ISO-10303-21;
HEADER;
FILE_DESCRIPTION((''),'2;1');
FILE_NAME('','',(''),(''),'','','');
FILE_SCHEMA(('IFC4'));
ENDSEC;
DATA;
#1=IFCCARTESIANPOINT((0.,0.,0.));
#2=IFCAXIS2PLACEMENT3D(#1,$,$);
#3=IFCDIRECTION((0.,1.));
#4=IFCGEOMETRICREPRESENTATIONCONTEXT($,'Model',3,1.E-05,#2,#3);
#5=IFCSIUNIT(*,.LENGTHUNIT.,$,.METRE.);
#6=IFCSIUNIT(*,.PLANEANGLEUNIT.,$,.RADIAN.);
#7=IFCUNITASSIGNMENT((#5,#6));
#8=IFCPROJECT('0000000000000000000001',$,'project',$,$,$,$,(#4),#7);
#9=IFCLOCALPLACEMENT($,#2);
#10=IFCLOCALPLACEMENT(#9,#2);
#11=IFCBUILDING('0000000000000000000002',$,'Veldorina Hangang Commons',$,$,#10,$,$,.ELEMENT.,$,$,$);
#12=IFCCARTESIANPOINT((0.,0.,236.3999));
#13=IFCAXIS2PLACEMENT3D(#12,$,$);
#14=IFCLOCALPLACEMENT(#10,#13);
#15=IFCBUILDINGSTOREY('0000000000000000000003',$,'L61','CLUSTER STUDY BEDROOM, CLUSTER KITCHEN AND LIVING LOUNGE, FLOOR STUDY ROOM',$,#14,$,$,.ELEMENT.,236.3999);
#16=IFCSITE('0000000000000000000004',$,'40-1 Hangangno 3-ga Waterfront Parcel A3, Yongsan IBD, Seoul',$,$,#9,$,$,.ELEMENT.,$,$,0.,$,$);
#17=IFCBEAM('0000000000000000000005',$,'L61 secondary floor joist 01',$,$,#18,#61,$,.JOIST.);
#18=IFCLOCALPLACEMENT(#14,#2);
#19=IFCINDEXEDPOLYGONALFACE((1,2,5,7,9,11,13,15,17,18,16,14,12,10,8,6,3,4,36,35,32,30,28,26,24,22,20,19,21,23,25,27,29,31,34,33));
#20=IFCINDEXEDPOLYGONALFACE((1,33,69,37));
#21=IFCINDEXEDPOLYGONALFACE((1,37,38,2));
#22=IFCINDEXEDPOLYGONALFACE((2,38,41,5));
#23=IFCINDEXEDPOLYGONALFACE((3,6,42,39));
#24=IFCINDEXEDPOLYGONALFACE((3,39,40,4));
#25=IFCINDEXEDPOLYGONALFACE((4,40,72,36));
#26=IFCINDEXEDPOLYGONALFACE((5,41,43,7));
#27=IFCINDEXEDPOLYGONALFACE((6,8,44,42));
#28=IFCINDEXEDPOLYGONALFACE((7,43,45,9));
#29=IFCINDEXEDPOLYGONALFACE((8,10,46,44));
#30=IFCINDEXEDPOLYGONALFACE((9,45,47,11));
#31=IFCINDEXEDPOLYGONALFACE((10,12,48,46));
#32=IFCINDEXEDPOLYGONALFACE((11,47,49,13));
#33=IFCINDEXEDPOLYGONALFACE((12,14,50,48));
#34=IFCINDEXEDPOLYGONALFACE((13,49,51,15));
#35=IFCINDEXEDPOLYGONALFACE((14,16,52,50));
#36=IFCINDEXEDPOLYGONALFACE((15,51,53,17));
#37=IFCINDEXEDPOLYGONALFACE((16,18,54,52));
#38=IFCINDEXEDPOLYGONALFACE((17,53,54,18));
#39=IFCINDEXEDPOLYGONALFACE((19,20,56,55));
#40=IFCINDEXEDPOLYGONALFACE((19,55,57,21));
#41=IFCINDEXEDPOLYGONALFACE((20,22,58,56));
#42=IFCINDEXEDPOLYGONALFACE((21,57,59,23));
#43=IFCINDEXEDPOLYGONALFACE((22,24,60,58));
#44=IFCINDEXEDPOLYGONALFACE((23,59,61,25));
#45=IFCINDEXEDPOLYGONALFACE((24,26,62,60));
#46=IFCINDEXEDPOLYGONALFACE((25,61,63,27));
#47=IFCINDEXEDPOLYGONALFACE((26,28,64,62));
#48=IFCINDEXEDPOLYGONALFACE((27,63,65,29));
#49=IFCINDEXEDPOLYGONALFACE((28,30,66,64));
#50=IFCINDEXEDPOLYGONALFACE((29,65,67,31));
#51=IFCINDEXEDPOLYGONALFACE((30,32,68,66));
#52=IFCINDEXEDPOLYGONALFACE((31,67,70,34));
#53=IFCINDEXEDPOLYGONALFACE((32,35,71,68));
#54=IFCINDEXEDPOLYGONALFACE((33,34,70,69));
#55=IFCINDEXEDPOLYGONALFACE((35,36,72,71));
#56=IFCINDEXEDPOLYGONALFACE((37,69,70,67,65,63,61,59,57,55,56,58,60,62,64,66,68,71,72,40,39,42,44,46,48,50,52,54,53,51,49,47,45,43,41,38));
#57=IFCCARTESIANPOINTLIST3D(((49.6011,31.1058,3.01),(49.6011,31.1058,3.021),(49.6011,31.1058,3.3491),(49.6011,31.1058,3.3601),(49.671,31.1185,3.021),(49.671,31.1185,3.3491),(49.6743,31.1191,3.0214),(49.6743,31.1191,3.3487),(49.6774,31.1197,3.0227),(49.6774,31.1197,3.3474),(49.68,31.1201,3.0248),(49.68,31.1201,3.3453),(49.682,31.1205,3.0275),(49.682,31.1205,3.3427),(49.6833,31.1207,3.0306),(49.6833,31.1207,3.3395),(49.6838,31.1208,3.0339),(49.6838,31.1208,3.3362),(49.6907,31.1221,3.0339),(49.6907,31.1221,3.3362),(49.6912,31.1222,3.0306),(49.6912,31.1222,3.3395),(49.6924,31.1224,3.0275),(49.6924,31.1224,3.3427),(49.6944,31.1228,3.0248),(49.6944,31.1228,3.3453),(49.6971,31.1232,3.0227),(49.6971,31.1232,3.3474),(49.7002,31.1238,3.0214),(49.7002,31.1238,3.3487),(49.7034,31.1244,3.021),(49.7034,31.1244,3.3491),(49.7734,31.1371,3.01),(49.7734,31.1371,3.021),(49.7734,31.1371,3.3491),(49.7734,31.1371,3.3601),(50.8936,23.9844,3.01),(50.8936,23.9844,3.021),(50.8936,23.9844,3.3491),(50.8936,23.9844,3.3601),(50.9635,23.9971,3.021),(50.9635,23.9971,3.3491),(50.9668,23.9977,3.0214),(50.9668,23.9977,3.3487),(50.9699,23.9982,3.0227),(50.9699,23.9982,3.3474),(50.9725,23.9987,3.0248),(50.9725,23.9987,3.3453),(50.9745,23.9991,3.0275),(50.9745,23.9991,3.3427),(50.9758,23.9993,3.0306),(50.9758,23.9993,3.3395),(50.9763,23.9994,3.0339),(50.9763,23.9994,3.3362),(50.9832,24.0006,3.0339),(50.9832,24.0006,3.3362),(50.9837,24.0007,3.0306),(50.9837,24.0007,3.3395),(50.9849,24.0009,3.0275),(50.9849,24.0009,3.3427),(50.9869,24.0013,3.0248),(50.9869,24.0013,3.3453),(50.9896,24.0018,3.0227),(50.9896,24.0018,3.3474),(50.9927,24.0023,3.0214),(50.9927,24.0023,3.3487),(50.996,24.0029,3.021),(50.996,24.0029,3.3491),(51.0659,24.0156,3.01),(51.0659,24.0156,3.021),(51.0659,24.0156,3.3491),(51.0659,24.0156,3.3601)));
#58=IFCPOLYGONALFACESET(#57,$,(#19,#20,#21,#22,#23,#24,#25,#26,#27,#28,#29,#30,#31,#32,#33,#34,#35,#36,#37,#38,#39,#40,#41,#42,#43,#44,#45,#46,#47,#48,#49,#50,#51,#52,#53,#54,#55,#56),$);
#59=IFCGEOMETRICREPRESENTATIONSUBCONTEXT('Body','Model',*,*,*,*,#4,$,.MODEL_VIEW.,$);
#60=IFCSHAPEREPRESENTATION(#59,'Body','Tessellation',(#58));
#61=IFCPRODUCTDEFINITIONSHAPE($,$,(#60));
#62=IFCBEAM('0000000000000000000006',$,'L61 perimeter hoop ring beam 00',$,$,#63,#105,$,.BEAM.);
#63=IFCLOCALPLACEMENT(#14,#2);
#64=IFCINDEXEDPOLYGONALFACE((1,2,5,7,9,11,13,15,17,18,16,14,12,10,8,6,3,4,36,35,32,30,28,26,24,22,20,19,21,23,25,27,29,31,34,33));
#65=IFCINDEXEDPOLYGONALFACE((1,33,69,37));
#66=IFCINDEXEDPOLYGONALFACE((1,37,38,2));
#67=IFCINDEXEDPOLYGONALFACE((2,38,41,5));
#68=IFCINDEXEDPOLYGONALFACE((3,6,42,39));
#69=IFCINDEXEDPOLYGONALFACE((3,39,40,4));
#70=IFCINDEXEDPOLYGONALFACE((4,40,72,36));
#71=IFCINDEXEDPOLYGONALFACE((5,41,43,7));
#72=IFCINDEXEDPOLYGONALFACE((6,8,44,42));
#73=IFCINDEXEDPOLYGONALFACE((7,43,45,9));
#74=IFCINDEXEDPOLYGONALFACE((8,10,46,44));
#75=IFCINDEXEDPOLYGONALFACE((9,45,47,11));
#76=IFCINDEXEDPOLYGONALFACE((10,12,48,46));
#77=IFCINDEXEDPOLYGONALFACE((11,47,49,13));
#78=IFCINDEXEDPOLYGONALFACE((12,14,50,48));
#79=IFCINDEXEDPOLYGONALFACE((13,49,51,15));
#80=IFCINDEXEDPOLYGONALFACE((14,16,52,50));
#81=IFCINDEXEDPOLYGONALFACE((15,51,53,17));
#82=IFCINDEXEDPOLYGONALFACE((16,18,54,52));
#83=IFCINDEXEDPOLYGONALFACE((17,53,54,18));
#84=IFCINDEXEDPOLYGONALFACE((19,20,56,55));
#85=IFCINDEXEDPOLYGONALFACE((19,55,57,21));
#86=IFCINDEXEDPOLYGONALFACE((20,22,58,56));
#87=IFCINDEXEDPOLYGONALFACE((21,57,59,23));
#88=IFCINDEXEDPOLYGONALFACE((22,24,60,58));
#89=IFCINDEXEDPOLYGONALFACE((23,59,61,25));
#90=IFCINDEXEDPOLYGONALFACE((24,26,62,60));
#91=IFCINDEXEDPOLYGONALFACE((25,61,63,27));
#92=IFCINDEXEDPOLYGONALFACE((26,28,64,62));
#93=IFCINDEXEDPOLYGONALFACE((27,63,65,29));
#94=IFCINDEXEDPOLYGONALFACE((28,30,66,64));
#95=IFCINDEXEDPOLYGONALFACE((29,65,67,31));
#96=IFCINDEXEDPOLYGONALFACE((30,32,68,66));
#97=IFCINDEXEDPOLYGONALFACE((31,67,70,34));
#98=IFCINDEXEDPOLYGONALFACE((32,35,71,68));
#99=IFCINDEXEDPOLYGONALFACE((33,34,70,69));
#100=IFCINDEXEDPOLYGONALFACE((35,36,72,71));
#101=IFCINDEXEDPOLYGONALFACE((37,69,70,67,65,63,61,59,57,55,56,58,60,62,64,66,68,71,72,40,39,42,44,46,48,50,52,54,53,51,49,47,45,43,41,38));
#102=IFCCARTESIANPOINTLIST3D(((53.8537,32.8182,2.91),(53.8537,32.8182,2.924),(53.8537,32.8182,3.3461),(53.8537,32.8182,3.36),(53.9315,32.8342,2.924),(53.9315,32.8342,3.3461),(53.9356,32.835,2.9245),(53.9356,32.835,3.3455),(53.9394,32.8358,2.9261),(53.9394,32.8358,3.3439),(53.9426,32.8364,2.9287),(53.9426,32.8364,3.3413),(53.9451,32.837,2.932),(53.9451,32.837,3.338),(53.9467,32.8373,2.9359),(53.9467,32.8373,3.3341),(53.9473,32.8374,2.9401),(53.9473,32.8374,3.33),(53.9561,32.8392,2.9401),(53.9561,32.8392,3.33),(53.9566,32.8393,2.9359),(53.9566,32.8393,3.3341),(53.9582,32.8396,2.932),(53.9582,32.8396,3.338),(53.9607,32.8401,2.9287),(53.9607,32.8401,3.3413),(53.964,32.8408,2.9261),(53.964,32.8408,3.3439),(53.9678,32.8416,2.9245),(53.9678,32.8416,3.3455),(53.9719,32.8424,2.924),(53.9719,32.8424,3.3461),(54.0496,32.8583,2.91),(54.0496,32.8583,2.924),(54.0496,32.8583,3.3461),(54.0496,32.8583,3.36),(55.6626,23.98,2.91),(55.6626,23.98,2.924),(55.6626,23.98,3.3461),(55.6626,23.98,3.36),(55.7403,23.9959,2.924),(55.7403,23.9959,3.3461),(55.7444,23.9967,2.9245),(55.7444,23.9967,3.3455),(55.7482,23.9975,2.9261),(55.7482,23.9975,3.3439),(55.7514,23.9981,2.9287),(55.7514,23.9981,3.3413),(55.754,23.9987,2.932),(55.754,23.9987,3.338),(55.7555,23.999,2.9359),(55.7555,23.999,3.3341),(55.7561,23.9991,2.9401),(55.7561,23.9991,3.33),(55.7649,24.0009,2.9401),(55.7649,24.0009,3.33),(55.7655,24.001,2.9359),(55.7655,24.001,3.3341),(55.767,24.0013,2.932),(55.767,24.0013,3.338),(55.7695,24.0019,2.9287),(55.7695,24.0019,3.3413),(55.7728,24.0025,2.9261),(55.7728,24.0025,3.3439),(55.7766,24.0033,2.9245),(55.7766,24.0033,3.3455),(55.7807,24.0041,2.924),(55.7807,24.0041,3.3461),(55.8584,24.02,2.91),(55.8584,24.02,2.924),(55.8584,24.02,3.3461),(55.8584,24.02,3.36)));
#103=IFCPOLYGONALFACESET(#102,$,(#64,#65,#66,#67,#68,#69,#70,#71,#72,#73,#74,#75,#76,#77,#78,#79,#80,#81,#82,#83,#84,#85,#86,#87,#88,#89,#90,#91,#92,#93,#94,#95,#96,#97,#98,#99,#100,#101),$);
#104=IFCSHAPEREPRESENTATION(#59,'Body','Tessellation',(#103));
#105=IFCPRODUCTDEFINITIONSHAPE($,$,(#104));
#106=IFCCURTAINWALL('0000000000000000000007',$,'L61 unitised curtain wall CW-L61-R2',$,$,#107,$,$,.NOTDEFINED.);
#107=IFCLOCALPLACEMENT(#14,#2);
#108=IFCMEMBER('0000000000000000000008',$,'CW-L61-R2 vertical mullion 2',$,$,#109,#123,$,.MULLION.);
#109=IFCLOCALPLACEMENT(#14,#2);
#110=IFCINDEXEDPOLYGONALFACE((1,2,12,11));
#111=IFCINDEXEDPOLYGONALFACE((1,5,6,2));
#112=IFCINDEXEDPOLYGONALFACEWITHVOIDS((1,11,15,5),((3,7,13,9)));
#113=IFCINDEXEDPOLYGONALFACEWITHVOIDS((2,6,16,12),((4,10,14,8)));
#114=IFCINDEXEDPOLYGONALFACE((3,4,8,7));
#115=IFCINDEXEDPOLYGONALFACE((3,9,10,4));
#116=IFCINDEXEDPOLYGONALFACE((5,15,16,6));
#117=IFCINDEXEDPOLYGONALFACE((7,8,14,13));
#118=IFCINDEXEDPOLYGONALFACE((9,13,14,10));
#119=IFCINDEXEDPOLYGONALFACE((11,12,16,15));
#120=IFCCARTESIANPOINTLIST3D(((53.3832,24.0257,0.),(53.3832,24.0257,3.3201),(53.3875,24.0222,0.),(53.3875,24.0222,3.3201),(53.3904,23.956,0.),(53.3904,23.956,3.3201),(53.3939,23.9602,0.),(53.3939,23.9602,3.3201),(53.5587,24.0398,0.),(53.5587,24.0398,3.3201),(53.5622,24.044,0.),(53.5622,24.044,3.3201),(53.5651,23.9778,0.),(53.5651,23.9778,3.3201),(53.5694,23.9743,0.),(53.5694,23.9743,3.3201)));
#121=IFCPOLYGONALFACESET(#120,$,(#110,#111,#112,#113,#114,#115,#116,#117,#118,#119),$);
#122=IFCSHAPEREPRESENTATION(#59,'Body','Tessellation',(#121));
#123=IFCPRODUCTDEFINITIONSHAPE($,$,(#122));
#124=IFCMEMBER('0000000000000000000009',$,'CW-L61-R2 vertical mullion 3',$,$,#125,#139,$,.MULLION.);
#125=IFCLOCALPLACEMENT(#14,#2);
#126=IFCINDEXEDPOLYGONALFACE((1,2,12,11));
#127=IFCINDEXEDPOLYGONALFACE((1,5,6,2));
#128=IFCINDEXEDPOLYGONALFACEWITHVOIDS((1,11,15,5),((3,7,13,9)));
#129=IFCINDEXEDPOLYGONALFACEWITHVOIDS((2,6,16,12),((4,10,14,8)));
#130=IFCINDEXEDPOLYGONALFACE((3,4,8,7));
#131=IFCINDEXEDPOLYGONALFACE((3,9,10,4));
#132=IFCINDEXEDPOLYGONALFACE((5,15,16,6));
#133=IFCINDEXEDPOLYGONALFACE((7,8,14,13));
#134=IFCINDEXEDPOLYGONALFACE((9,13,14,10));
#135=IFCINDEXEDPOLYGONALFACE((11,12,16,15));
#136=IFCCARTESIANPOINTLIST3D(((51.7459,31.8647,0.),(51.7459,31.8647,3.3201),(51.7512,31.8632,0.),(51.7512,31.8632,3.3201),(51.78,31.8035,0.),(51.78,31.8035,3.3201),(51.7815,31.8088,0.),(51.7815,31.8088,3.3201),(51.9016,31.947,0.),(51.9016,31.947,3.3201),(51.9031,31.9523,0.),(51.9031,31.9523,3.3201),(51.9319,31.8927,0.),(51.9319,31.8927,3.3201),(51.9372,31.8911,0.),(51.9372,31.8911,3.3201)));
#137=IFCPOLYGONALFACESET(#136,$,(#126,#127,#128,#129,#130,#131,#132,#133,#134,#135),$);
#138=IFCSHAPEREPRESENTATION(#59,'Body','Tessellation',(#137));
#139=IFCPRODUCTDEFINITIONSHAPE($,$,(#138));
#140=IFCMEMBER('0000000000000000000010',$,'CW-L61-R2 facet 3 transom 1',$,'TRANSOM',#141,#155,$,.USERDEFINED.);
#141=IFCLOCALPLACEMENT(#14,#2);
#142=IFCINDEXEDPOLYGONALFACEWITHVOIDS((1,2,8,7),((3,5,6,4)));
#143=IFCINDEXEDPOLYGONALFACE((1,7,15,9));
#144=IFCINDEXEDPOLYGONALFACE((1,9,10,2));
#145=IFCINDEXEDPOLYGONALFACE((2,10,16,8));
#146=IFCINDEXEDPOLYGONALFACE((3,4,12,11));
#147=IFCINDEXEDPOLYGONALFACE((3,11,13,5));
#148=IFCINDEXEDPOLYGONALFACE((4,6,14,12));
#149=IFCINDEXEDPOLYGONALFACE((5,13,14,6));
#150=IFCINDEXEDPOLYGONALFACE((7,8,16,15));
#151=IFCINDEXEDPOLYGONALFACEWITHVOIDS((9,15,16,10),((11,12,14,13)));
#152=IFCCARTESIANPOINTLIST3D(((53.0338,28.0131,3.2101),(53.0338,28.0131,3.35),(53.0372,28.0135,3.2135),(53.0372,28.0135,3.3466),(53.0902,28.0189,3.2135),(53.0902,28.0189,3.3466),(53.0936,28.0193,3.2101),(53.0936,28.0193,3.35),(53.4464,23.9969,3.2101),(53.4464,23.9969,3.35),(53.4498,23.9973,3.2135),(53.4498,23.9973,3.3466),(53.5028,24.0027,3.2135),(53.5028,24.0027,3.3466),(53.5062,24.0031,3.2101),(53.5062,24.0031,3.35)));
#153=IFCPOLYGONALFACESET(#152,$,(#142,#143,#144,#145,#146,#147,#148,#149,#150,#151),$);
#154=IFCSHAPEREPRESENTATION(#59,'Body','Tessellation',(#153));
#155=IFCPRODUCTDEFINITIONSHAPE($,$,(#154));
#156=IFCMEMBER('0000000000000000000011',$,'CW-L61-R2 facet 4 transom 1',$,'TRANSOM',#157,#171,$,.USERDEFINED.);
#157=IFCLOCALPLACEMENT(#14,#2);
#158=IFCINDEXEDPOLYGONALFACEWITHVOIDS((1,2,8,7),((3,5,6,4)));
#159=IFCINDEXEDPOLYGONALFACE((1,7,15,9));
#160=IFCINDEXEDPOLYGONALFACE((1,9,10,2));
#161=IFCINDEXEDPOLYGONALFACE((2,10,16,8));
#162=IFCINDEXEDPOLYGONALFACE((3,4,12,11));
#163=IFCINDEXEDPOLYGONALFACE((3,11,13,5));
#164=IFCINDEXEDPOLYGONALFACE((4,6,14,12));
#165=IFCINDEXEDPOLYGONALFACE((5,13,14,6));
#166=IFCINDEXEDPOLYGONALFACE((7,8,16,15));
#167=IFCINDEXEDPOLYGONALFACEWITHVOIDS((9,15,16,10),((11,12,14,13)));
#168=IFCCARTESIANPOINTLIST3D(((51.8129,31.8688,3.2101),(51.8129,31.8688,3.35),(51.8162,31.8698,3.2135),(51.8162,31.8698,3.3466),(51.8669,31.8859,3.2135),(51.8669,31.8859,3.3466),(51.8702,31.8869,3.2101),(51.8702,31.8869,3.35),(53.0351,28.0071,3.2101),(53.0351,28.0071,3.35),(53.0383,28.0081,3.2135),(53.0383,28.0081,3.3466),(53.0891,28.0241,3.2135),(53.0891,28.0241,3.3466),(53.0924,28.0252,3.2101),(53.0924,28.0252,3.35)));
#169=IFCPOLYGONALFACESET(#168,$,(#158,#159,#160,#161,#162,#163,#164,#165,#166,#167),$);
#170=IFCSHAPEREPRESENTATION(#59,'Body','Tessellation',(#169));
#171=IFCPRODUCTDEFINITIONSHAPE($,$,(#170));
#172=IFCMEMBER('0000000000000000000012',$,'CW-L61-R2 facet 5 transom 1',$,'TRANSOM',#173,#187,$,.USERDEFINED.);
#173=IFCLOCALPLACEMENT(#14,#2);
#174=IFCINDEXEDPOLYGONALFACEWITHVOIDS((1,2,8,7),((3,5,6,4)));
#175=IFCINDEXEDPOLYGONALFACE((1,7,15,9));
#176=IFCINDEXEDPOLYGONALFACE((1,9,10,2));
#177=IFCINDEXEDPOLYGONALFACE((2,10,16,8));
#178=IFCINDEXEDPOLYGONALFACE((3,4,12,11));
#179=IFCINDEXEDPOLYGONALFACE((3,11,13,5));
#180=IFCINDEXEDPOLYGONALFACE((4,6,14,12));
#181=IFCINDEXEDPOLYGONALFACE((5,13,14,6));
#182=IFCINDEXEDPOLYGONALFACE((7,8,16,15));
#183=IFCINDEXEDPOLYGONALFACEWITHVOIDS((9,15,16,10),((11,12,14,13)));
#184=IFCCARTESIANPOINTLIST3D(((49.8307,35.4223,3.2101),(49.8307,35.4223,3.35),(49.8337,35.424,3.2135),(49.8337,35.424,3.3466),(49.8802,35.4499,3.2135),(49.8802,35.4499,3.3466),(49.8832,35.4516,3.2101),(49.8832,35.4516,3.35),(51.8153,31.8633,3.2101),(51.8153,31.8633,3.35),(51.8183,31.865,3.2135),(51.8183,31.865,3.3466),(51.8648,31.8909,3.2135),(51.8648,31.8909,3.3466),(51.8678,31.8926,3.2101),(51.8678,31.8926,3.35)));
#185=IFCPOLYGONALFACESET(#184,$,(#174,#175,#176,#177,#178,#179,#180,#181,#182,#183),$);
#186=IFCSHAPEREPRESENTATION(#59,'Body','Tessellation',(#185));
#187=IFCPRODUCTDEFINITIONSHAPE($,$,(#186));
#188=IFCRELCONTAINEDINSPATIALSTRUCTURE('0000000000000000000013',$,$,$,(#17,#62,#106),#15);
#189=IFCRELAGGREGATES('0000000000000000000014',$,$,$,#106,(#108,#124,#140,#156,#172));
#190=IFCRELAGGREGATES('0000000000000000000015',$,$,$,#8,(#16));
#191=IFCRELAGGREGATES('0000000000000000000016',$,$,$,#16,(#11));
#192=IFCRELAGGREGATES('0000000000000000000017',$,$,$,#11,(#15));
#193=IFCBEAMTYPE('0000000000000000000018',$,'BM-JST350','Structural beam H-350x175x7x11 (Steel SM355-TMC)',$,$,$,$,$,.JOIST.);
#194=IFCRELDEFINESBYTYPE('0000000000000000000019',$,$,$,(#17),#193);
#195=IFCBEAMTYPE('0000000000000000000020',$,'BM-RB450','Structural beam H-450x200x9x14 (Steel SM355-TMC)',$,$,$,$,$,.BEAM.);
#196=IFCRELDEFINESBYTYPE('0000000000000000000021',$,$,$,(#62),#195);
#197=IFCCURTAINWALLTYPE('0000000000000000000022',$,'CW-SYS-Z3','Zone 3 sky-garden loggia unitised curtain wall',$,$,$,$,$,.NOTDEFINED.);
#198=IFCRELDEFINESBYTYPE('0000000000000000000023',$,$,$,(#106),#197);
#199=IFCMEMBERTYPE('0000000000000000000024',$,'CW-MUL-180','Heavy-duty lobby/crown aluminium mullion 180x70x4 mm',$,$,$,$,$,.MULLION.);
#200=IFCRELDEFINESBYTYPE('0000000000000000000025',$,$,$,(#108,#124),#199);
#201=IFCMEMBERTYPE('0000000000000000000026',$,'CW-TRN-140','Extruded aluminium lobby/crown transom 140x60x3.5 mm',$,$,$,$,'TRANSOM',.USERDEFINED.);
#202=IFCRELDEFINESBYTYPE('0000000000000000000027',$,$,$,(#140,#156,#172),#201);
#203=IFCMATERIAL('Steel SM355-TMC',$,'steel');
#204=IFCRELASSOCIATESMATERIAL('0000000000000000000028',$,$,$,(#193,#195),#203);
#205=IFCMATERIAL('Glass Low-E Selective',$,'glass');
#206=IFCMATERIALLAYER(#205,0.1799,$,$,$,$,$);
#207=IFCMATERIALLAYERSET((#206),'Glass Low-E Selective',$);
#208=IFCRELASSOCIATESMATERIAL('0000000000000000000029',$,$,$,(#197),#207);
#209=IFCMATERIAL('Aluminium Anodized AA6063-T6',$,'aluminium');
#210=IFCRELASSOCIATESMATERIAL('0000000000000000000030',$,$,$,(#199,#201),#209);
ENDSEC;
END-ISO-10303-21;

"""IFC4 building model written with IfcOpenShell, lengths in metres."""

from ifc_helpers import new_model, si_unit, direction, frame, origin, origin_2d, place, context, subcontext, project, spatial, hollow_rectangle, i_section, extrude, material, layer, layer_set, material_profile, profile_set, type_object, element, aggregate, save


model = new_model("IFC4")

# Units and contexts
model_context = context("Model", 3, precision=1e-05, world=origin(), true_north=direction((0.0, 1.0)))
body_context = subcontext(model_context, "Body", "Model", "MODEL_VIEW")
ifc_project = project(units=[si_unit("LENGTHUNIT", "METRE"), si_unit("PLANEANGLEUNIT", "RADIAN")], contexts=[model_context])

# Site, building, storey
site_placement = place(None, origin())
site = spatial("IfcSite", under=ifc_project, at=site_placement, Name="40-1 Hangangno 3-ga Waterfront Parcel A3, Yongsan IBD, Seoul", CompositionType="ELEMENT", RefElevation=0.0)
building_placement = place(site_placement, origin())
building = spatial("IfcBuilding", under=site, at=building_placement, Name="Veldorina Hangang Commons", CompositionType="ELEMENT")
storey_placement = place(building_placement, frame((0.0, 0.0, 236.3999)))
storey = spatial("IfcBuildingStorey", under=building, at=storey_placement, Name="L61", Description="CLUSTER STUDY BEDROOM, CLUSTER KITCHEN AND LIVING LOUNGE, FLOOR STUDY ROOM", CompositionType="ELEMENT", Elevation=236.3999)

# Beams
ifc_material_1 = material(Name="Steel SM355-TMC", Category="steel")
ifc_material_profile_1 = material_profile(ifc_material_1, i_section(OverallWidth=0.175, OverallDepth=0.3501, WebThickness=0.0071, FlangeThickness=0.011, FilletRadius=0.0129, at=origin_2d()), Name="H-350x175x7x11")
ifc_profile_set_1 = profile_set([ifc_material_profile_1], Name="Steel SM355-TMC")
beam_type_1 = type_object("IfcBeamType", Name="BM-JST350", Description="Structural beam H-350x175x7x11 (Steel SM355-TMC)", PredefinedType="JOIST", material=ifc_profile_set_1)
beam_1_placement = place(storey_placement, frame((50.9797, 24.0, 3.1851), z_axis=(-0.178577, 0.983926, 0.0), x_axis=(-0.983926, -0.178577, 0.0)))
element("IfcBeam", 1, at=beam_1_placement, inside=storey, type_object=beam_type_1, Name="L61 secondary floor joist 01", PredefinedType="JOIST", context=body_context, shape_type="SweptSolid", body=[
    extrude(i_section(OverallWidth=0.175, OverallDepth=0.3501, WebThickness=0.0071, FlangeThickness=0.011, FilletRadius=0.0129, at=origin_2d()), origin(), (0.0, 0.0, 1.0), 7.2378),
])
ifc_material_profile_2 = material_profile(ifc_material_1, i_section(OverallWidth=0.2, OverallDepth=0.45, WebThickness=0.009, FlangeThickness=0.0139, FilletRadius=0.0161, at=origin_2d()), Name="H-450x200x9x14")
ifc_profile_set_2 = profile_set([ifc_material_profile_2], Name="Steel SM355-TMC")
beam_type_2 = type_object("IfcBeamType", Name="BM-RB450", Description="Structural beam H-450x200x9x14 (Steel SM355-TMC)", PredefinedType="BEAM", material=ifc_profile_set_2)
beam_2_placement = place(storey_placement, frame((55.7605, 24.0, 3.135), z_axis=(-0.200501, 0.979693, 0.0), x_axis=(-0.979693, -0.200501, 0.0)))
element("IfcBeam", 2, at=beam_2_placement, inside=storey, type_object=beam_type_2, Name="L61 perimeter hoop ring beam 00", PredefinedType="BEAM", context=body_context, shape_type="SweptSolid", body=[
    extrude(i_section(OverallWidth=0.2, OverallDepth=0.45, WebThickness=0.009, FlangeThickness=0.0139, FilletRadius=0.0161, at=origin_2d()), origin(), (0.0, 0.0, 1.0), 9.0215),
])

# Curtain wall, members
ifc_material_2 = material(Name="Glass Low-E Selective", Category="glass")
ifc_layer_1 = layer(ifc_material_2, 0.1799)
ifc_layer_set_1 = layer_set([ifc_layer_1], Name="Glass Low-E Selective")
curtain_wall_type = type_object("IfcCurtainWallType", Name="CW-SYS-Z3", Description="Zone 3 sky-garden loggia unitised curtain wall", PredefinedType="NOTDEFINED", material=ifc_layer_set_1)
curtain_wall_placement = place(storey_placement, origin())
curtain_wall = element("IfcCurtainWall", 3, at=curtain_wall_placement, inside=storey, type_object=curtain_wall_type, Name="L61 unitised curtain wall CW-L61-R2", PredefinedType="NOTDEFINED")
ifc_material_3 = material(Name="Aluminium Anodized AA6063-T6", Category="aluminium")
ifc_material_profile_3 = material_profile(ifc_material_3, hollow_rectangle(XDim=0.0701, YDim=0.1799, WallThickness=0.0039, at=origin_2d()), Name="ALU-RHS-180x70x4")
ifc_profile_set_3 = profile_set([ifc_material_profile_3], Name="Aluminium Anodized AA6063-T6")
member_type_1 = type_object("IfcMemberType", Name="CW-MUL-180", Description="Heavy-duty lobby/crown aluminium mullion 180x70x4 mm", PredefinedType="MULLION", material=ifc_profile_set_3)
member_1_placement = place(storey_placement, frame((53.4763, 24.0, 0.0), z_axis=(0.0, 0.0, 1.0), x_axis=(-0.10222, 0.994762, 0.0)))
member_1 = element("IfcMember", 4, at=member_1_placement, type_object=member_type_1, Name="CW-L61-R2 vertical mullion 2", PredefinedType="MULLION", context=body_context, shape_type="SweptSolid", body=[
    extrude(hollow_rectangle(XDim=0.0701, YDim=0.1799, WallThickness=0.0039, at=origin_2d()), origin(), (0.0, 0.0, 1.0), 3.3201),
])
member_2_placement = place(storey_placement, frame((51.8416, 31.8779, 0.0), z_axis=(0.0, 0.0, 1.0), x_axis=(-0.487021, 0.87339, 0.0)))
member_2 = element("IfcMember", 5, at=member_2_placement, type_object=member_type_1, Name="CW-L61-R2 vertical mullion 3", PredefinedType="MULLION", context=body_context, shape_type="SweptSolid", body=[
    extrude(hollow_rectangle(XDim=0.0701, YDim=0.1799, WallThickness=0.0039, at=origin_2d()), origin(), (0.0, 0.0, 1.0), 3.3201),
])
ifc_material_profile_4 = material_profile(ifc_material_3, hollow_rectangle(XDim=0.0601, YDim=0.1399, WallThickness=0.0034, at=origin_2d()), Name="ALU-RHS-140x60x3.5")
ifc_profile_set_4 = profile_set([ifc_material_profile_4], Name="Aluminium Anodized AA6063-T6")
member_type_2 = type_object("IfcMemberType", Name="CW-TRN-140", Description="Extruded aluminium lobby/crown transom 140x60x3.5 mm", ElementType="TRANSOM", PredefinedType="USERDEFINED", material=ifc_profile_set_4)
member_3_placement = place(storey_placement, frame((53.4763, 24.0, 3.28), z_axis=(-0.102198, 0.994764, 0.0), x_axis=(-0.994764, -0.102198, 0.0)))
member_3 = element("IfcMember", 6, at=member_3_placement, type_object=member_type_2, Name="CW-L61-R2 facet 3 transom 1", ObjectType="TRANSOM", PredefinedType="USERDEFINED", context=body_context, shape_type="SweptSolid", body=[
    extrude(hollow_rectangle(XDim=0.0601, YDim=0.1399, WallThickness=0.0034, at=origin_2d()), origin(), (0.0, 0.0, 1.0), 4.0374),
])
member_4_placement = place(storey_placement, frame((53.0637, 28.0161, 3.28), z_axis=(-0.301726, 0.953395, 0.0), x_axis=(-0.953395, -0.301726, 0.0)))
member_4 = element("IfcMember", 7, at=member_4_placement, type_object=member_type_2, Name="CW-L61-R2 facet 4 transom 1", ObjectType="TRANSOM", PredefinedType="USERDEFINED", context=body_context, shape_type="SweptSolid", body=[
    extrude(hollow_rectangle(XDim=0.0601, YDim=0.1399, WallThickness=0.0034, at=origin_2d()), origin(), (0.0, 0.0, 1.0), 4.0505),
])
member_5_placement = place(storey_placement, frame((51.8416, 31.8779, 3.28), z_axis=(-0.487021, 0.87339, 0.0), x_axis=(-0.87339, -0.487021, 0.0)))
member_5 = element("IfcMember", 8, at=member_5_placement, type_object=member_type_2, Name="CW-L61-R2 facet 5 transom 1", ObjectType="TRANSOM", PredefinedType="USERDEFINED", context=body_context, shape_type="SweptSolid", body=[
    extrude(hollow_rectangle(XDim=0.0601, YDim=0.1399, WallThickness=0.0034, at=origin_2d()), origin(), (0.0, 0.0, 1.0), 4.075),
])

aggregate(curtain_wall, [member_1, member_2, member_3, member_4, member_5])

save(model, "model.ifc")
